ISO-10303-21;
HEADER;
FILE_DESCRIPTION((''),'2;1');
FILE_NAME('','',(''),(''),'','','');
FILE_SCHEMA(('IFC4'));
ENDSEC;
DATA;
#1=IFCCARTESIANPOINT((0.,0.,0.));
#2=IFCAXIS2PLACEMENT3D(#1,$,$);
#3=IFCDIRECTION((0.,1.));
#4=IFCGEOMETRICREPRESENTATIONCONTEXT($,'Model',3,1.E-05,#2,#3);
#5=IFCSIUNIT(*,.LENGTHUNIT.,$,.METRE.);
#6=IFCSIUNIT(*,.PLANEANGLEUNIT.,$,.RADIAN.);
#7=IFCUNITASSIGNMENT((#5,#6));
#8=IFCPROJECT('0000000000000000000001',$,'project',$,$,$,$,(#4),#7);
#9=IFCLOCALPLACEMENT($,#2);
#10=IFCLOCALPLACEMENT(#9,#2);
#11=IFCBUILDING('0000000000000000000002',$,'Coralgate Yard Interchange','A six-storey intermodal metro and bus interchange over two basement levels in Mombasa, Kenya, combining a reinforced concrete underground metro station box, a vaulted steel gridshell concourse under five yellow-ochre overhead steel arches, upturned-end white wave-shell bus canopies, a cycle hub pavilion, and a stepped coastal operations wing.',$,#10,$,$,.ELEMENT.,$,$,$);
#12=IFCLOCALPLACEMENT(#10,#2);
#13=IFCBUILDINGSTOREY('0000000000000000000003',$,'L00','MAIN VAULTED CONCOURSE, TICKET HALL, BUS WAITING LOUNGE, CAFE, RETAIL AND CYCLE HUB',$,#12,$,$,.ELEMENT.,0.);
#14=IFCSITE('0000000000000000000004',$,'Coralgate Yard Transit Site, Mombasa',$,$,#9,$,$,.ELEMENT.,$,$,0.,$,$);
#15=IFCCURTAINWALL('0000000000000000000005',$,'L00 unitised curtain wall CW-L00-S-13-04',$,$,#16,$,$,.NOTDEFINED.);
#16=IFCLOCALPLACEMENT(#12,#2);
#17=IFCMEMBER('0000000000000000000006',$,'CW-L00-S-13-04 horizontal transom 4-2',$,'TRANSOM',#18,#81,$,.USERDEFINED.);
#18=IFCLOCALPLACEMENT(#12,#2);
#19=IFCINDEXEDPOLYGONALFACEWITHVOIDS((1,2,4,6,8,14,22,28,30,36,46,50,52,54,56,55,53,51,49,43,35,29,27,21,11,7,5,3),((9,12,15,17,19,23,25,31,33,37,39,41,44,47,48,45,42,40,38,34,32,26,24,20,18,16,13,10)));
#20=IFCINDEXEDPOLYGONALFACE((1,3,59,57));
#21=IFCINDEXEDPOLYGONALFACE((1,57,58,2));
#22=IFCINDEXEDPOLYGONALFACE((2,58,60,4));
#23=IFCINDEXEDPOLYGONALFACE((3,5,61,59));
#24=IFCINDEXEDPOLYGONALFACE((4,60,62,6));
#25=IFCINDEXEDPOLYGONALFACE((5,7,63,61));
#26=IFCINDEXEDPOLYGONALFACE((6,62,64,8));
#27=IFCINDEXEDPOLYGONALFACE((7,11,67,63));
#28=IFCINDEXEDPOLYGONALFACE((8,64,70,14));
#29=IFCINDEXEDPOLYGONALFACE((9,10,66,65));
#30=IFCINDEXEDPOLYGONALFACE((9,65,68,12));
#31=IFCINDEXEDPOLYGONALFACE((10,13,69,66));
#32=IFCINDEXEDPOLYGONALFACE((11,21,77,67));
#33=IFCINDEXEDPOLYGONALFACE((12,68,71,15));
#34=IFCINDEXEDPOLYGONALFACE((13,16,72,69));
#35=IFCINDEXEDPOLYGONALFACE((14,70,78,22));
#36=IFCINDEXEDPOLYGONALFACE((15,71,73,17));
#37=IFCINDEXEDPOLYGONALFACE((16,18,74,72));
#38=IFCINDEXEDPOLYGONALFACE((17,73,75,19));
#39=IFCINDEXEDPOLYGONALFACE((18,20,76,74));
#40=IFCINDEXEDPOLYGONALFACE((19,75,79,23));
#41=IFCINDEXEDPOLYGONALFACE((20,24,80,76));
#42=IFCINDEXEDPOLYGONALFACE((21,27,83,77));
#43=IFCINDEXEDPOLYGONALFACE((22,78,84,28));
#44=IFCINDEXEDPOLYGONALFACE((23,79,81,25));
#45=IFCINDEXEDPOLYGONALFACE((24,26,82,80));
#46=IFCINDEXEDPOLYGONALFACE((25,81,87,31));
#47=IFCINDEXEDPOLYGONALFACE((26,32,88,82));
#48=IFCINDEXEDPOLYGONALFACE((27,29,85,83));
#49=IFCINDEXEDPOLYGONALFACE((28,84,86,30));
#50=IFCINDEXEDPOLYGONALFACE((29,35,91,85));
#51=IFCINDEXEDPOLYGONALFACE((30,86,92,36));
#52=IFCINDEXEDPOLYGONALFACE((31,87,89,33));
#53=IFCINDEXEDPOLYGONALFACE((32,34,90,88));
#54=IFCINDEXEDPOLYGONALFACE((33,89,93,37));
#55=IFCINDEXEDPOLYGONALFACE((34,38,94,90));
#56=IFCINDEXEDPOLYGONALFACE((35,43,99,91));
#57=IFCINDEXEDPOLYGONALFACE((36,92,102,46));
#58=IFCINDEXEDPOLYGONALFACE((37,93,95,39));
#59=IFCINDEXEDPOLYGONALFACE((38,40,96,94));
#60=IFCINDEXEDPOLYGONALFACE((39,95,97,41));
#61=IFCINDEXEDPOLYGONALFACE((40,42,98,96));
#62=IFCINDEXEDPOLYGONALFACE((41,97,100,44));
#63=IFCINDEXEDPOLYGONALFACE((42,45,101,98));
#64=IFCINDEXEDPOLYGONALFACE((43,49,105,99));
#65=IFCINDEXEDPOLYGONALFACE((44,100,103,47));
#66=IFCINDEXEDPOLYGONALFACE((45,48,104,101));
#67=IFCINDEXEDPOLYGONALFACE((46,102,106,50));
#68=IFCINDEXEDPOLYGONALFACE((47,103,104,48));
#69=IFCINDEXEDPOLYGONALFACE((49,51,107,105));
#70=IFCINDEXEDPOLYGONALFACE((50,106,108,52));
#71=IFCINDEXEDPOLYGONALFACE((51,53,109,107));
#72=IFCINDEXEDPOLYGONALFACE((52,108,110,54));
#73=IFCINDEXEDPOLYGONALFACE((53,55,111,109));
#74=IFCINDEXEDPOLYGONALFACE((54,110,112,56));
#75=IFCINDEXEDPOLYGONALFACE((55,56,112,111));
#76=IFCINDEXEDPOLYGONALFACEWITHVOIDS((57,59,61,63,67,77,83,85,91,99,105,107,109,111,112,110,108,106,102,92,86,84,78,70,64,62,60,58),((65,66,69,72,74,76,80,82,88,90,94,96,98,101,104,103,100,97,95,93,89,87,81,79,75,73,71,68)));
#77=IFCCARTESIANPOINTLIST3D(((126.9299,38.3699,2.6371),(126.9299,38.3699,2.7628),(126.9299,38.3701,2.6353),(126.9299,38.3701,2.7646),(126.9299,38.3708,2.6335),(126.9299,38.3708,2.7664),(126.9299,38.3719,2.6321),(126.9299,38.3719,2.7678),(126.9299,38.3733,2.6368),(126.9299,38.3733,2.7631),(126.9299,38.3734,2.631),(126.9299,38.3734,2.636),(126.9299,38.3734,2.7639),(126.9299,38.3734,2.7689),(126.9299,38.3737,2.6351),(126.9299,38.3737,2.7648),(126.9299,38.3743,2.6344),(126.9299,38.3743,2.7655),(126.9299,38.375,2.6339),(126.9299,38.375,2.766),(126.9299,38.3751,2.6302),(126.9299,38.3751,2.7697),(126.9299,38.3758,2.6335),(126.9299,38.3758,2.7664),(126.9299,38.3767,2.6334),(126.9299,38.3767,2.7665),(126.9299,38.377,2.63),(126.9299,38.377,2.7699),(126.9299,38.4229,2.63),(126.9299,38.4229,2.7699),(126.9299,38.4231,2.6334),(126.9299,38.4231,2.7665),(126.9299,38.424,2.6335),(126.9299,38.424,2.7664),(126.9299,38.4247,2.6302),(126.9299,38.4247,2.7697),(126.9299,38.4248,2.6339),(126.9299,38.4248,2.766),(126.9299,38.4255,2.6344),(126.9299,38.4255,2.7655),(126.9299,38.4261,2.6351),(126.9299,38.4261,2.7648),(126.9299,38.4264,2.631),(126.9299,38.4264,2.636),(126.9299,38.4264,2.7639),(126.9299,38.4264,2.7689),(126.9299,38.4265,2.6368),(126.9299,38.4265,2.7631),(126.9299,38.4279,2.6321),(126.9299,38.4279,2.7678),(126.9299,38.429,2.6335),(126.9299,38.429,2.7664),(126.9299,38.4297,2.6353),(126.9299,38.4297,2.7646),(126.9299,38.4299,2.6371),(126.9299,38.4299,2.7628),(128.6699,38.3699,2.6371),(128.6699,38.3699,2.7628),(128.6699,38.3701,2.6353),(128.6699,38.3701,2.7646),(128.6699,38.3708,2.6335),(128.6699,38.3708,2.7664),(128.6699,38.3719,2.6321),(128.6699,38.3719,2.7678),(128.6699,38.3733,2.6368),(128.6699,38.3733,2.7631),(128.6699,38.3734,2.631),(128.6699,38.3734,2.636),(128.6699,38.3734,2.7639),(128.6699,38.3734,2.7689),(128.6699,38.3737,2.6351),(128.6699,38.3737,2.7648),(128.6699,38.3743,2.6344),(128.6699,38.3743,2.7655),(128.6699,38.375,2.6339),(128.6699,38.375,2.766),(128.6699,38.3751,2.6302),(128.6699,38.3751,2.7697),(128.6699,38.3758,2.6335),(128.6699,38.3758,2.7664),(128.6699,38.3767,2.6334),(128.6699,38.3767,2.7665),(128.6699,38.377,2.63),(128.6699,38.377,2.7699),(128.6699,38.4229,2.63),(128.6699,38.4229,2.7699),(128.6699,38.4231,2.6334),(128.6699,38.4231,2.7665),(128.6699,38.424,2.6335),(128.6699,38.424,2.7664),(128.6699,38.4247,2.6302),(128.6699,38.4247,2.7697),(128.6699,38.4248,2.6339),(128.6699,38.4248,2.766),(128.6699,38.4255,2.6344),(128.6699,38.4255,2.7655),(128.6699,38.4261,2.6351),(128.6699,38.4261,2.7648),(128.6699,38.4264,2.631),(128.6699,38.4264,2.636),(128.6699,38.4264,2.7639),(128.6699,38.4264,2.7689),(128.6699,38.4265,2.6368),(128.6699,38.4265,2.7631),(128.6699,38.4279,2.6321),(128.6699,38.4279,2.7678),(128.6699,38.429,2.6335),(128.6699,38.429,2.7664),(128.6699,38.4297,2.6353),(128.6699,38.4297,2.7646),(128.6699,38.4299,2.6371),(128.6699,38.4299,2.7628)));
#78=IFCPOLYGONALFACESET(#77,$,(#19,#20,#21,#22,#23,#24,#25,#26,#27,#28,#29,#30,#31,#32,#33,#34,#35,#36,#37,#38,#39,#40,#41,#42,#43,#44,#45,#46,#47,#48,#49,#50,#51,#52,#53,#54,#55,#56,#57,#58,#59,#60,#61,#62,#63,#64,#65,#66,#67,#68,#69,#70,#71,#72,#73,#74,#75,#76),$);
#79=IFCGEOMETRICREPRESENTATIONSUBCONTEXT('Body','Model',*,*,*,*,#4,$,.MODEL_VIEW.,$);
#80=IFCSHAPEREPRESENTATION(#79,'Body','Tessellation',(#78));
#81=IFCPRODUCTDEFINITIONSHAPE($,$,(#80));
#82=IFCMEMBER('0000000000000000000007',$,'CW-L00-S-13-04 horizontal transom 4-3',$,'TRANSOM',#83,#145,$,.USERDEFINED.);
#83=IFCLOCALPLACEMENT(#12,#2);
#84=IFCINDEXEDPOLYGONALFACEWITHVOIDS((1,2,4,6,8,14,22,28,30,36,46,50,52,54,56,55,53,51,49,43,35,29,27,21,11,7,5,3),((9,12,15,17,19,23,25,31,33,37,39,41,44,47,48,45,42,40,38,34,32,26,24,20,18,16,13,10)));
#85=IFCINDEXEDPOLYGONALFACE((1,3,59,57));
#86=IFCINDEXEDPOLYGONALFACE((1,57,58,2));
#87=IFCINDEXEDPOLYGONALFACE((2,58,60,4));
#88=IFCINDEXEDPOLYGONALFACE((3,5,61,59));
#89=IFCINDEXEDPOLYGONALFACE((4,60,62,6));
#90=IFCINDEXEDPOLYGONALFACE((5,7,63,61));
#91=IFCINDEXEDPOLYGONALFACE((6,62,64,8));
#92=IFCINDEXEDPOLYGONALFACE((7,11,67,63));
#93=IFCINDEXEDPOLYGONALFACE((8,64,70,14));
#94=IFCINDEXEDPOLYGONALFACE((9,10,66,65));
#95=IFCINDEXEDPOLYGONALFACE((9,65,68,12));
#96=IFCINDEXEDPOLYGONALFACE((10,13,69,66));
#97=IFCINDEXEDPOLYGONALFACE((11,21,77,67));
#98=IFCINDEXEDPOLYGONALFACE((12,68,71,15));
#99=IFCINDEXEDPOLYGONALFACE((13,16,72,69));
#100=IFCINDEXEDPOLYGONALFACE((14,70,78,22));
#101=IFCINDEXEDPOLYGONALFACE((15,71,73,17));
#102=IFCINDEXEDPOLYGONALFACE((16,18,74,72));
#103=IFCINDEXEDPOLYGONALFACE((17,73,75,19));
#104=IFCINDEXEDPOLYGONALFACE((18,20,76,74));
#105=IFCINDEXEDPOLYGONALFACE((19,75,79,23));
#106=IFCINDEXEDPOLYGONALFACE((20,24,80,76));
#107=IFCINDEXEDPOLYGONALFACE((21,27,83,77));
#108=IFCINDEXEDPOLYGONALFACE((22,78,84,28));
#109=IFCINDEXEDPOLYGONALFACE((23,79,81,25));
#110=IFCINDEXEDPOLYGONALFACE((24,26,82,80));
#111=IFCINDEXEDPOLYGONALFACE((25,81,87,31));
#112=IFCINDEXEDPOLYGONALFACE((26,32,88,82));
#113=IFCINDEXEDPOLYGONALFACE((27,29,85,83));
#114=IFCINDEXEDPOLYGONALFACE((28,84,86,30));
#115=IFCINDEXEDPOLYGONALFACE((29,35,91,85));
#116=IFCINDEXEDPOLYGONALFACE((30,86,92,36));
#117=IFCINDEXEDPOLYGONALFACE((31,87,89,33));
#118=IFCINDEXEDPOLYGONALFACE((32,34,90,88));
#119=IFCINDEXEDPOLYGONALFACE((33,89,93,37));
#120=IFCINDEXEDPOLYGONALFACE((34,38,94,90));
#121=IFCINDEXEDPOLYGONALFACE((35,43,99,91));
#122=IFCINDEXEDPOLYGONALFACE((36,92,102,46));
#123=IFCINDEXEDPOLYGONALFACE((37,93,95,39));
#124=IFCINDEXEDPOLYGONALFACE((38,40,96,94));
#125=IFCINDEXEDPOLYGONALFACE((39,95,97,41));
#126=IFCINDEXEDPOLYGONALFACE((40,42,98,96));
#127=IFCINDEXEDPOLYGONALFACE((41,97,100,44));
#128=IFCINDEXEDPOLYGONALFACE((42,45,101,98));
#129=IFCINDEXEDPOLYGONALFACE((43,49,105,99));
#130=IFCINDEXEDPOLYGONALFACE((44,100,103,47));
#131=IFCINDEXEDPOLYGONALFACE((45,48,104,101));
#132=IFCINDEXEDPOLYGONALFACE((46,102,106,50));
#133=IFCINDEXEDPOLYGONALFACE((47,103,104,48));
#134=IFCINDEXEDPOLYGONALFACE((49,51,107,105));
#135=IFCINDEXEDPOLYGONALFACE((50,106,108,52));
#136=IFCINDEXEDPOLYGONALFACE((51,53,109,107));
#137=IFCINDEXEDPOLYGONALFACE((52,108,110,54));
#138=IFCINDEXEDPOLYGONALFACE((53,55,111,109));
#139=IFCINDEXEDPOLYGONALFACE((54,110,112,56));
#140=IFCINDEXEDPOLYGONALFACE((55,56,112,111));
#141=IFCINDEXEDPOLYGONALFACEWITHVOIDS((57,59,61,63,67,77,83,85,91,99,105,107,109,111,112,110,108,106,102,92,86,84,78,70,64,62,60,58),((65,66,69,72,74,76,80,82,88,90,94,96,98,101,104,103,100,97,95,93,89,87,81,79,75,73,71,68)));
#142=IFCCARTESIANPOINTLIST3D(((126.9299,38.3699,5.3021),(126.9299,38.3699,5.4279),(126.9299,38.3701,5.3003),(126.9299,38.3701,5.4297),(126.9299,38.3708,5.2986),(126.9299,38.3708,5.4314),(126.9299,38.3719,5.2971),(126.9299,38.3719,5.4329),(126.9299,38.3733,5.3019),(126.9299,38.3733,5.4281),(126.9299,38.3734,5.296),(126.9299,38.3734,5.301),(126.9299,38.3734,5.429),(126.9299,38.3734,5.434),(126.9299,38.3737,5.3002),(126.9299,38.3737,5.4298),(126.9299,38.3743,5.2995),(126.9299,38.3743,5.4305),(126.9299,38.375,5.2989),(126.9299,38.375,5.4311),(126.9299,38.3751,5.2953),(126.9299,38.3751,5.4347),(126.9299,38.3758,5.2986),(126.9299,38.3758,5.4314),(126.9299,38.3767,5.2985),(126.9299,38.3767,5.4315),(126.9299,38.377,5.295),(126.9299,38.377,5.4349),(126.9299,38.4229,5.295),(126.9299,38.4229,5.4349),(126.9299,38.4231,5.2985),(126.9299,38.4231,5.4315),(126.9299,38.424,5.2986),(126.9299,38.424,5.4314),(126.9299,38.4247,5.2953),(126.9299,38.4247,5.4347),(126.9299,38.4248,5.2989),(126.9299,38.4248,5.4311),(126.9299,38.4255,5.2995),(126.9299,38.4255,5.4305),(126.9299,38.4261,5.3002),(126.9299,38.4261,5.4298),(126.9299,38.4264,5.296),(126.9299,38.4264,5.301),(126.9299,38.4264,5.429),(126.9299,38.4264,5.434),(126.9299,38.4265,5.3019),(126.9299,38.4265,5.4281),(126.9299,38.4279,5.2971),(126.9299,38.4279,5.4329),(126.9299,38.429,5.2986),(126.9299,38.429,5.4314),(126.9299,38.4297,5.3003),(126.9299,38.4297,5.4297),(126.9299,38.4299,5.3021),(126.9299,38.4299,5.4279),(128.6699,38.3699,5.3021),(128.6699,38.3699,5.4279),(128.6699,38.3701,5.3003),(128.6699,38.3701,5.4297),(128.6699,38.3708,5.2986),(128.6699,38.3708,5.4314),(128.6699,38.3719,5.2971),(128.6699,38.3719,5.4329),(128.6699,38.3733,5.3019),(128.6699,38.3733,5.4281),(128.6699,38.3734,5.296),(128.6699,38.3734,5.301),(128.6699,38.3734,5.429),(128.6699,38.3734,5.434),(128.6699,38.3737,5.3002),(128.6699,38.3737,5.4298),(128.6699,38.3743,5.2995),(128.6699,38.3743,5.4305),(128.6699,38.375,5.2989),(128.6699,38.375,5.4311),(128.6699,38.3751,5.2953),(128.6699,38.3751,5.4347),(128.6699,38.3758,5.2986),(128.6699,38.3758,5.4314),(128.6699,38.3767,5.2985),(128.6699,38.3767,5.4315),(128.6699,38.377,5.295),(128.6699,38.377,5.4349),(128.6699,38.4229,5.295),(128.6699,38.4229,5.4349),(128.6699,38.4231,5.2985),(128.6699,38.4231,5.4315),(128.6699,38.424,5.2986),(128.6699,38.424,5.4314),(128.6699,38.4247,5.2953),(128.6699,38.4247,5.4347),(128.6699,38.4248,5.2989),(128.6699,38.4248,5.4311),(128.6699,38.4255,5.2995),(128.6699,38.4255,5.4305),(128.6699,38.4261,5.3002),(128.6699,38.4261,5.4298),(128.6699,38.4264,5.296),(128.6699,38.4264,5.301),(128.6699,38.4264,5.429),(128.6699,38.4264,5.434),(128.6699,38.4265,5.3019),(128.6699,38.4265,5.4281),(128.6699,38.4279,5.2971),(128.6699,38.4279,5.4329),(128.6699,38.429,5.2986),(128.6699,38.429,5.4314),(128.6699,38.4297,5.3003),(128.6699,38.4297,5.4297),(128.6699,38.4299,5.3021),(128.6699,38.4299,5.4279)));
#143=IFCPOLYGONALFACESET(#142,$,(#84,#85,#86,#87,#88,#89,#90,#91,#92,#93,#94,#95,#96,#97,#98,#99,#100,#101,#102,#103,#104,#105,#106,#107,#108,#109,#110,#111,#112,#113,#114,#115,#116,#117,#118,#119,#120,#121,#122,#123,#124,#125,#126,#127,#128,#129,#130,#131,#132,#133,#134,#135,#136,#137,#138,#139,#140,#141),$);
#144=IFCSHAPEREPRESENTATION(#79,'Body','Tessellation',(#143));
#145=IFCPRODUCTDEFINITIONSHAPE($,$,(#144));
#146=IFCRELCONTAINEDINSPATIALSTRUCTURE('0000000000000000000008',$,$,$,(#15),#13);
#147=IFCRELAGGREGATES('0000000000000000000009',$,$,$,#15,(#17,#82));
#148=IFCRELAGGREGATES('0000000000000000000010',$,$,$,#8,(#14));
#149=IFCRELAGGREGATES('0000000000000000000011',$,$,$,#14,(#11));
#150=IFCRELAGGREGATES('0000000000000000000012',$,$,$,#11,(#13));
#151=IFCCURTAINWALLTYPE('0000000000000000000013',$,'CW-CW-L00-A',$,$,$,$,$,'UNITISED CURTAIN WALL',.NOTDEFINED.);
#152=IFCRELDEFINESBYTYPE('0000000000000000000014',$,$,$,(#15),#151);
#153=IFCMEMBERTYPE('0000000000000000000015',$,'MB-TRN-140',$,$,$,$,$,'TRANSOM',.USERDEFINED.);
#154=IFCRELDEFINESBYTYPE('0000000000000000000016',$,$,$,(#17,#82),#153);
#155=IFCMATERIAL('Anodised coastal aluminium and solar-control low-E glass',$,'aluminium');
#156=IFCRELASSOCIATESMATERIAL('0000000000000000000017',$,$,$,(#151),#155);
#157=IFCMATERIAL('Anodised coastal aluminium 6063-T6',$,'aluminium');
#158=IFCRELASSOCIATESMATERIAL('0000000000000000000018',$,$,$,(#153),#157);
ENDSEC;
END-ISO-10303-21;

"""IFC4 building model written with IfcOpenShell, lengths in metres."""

from ifc_helpers import new_model, si_unit, direction, frame, origin, origin_2d, place, context, subcontext, project, spatial, hollow_rectangle, extrude, material, material_profile, profile_set, type_object, element, aggregate, save


model = new_model("IFC4")

# Units and contexts
model_context = context("Model", 3, precision=1e-05, world=origin(), true_north=direction((0.0, 1.0)))
body_context = subcontext(model_context, "Body", "Model", "MODEL_VIEW")
ifc_project = project(units=[si_unit("LENGTHUNIT", "METRE"), si_unit("PLANEANGLEUNIT", "RADIAN")], contexts=[model_context])

# Site, building, storey
site_placement = place(None, origin())
site = spatial("IfcSite", under=ifc_project, at=site_placement, Name="Coralgate Yard Transit Site, Mombasa", CompositionType="ELEMENT", RefElevation=0.0)
building_placement = place(site_placement, origin())
building = spatial("IfcBuilding", under=site, at=building_placement, Name="Coralgate Yard Interchange", Description="A six-storey intermodal metro and bus interchange over two basement levels in Mombasa, Kenya, combining a reinforced concrete underground metro station box, a vaulted steel gridshell concourse under five yellow-ochre overhead steel arches, upturned-end white wave-shell bus canopies, a cycle hub pavilion, and a stepped coastal operations wing.", CompositionType="ELEMENT")
storey_placement = place(building_placement, origin())
storey = spatial("IfcBuildingStorey", under=building, at=storey_placement, Name="L00", Description="MAIN VAULTED CONCOURSE, TICKET HALL, BUS WAITING LOUNGE, CAFE, RETAIL AND CYCLE HUB", CompositionType="ELEMENT", Elevation=0.0)

# Curtain wall, members
ifc_material_1 = material(Name="Anodised coastal aluminium and solar-control low-E glass", Category="aluminium")
curtain_wall_type = type_object("IfcCurtainWallType", Name="CW-CW-L00-A", ElementType="UNITISED CURTAIN WALL", PredefinedType="NOTDEFINED", material=ifc_material_1)
curtain_wall_placement = place(storey_placement, origin())
curtain_wall = element("IfcCurtainWall", 1, at=curtain_wall_placement, inside=storey, type_object=curtain_wall_type, Name="L00 unitised curtain wall CW-L00-S-13-04", PredefinedType="NOTDEFINED")
ifc_material_2 = material(Name="Anodised coastal aluminium 6063-T6", Category="aluminium")
ifc_material_profile_1 = material_profile(ifc_material_2, hollow_rectangle(XDim=0.0601, YDim=0.1399, WallThickness=0.0034, InnerFilletRadius=0.0034, OuterFilletRadius=0.0071, at=origin_2d()), Name="ALU 60x140x3.5")
ifc_profile_set_1 = profile_set([ifc_material_profile_1], Name="Anodised coastal aluminium 6063-T6")
member_type_1 = type_object("IfcMemberType", Name="MB-TRN-140", ElementType="TRANSOM", PredefinedType="USERDEFINED", material=ifc_profile_set_1)
member_1_placement = place(storey_placement, frame((128.6699, 38.3999, 2.7), z_axis=(-1.0, 0.0, 0.0), x_axis=(0.0, -1.0, 0.0)))
member_1 = element("IfcMember", 2, at=member_1_placement, type_object=member_type_1, Name="CW-L00-S-13-04 horizontal transom 4-2", ObjectType="TRANSOM", PredefinedType="USERDEFINED", context=body_context, shape_type="SweptSolid", body=[
    extrude(hollow_rectangle(XDim=0.0601, YDim=0.1399, WallThickness=0.0034, InnerFilletRadius=0.0034, OuterFilletRadius=0.0071, at=origin_2d()), origin(), (0.0, 0.0, 1.0), 1.74),
])
member_2_placement = place(storey_placement, frame((128.6699, 38.3999, 5.365), z_axis=(-1.0, 0.0, 0.0), x_axis=(0.0, -1.0, 0.0)))
member_2 = element("IfcMember", 3, at=member_2_placement, type_object=member_type_1, Name="CW-L00-S-13-04 horizontal transom 4-3", ObjectType="TRANSOM", PredefinedType="USERDEFINED", context=body_context, shape_type="SweptSolid", body=[
    extrude(hollow_rectangle(XDim=0.0601, YDim=0.1399, WallThickness=0.0034, InnerFilletRadius=0.0034, OuterFilletRadius=0.0071, at=origin_2d()), origin(), (0.0, 0.0, 1.0), 1.74),
])
aggregate(curtain_wall, [member_1, member_2])

save(model, "model.ifc")
